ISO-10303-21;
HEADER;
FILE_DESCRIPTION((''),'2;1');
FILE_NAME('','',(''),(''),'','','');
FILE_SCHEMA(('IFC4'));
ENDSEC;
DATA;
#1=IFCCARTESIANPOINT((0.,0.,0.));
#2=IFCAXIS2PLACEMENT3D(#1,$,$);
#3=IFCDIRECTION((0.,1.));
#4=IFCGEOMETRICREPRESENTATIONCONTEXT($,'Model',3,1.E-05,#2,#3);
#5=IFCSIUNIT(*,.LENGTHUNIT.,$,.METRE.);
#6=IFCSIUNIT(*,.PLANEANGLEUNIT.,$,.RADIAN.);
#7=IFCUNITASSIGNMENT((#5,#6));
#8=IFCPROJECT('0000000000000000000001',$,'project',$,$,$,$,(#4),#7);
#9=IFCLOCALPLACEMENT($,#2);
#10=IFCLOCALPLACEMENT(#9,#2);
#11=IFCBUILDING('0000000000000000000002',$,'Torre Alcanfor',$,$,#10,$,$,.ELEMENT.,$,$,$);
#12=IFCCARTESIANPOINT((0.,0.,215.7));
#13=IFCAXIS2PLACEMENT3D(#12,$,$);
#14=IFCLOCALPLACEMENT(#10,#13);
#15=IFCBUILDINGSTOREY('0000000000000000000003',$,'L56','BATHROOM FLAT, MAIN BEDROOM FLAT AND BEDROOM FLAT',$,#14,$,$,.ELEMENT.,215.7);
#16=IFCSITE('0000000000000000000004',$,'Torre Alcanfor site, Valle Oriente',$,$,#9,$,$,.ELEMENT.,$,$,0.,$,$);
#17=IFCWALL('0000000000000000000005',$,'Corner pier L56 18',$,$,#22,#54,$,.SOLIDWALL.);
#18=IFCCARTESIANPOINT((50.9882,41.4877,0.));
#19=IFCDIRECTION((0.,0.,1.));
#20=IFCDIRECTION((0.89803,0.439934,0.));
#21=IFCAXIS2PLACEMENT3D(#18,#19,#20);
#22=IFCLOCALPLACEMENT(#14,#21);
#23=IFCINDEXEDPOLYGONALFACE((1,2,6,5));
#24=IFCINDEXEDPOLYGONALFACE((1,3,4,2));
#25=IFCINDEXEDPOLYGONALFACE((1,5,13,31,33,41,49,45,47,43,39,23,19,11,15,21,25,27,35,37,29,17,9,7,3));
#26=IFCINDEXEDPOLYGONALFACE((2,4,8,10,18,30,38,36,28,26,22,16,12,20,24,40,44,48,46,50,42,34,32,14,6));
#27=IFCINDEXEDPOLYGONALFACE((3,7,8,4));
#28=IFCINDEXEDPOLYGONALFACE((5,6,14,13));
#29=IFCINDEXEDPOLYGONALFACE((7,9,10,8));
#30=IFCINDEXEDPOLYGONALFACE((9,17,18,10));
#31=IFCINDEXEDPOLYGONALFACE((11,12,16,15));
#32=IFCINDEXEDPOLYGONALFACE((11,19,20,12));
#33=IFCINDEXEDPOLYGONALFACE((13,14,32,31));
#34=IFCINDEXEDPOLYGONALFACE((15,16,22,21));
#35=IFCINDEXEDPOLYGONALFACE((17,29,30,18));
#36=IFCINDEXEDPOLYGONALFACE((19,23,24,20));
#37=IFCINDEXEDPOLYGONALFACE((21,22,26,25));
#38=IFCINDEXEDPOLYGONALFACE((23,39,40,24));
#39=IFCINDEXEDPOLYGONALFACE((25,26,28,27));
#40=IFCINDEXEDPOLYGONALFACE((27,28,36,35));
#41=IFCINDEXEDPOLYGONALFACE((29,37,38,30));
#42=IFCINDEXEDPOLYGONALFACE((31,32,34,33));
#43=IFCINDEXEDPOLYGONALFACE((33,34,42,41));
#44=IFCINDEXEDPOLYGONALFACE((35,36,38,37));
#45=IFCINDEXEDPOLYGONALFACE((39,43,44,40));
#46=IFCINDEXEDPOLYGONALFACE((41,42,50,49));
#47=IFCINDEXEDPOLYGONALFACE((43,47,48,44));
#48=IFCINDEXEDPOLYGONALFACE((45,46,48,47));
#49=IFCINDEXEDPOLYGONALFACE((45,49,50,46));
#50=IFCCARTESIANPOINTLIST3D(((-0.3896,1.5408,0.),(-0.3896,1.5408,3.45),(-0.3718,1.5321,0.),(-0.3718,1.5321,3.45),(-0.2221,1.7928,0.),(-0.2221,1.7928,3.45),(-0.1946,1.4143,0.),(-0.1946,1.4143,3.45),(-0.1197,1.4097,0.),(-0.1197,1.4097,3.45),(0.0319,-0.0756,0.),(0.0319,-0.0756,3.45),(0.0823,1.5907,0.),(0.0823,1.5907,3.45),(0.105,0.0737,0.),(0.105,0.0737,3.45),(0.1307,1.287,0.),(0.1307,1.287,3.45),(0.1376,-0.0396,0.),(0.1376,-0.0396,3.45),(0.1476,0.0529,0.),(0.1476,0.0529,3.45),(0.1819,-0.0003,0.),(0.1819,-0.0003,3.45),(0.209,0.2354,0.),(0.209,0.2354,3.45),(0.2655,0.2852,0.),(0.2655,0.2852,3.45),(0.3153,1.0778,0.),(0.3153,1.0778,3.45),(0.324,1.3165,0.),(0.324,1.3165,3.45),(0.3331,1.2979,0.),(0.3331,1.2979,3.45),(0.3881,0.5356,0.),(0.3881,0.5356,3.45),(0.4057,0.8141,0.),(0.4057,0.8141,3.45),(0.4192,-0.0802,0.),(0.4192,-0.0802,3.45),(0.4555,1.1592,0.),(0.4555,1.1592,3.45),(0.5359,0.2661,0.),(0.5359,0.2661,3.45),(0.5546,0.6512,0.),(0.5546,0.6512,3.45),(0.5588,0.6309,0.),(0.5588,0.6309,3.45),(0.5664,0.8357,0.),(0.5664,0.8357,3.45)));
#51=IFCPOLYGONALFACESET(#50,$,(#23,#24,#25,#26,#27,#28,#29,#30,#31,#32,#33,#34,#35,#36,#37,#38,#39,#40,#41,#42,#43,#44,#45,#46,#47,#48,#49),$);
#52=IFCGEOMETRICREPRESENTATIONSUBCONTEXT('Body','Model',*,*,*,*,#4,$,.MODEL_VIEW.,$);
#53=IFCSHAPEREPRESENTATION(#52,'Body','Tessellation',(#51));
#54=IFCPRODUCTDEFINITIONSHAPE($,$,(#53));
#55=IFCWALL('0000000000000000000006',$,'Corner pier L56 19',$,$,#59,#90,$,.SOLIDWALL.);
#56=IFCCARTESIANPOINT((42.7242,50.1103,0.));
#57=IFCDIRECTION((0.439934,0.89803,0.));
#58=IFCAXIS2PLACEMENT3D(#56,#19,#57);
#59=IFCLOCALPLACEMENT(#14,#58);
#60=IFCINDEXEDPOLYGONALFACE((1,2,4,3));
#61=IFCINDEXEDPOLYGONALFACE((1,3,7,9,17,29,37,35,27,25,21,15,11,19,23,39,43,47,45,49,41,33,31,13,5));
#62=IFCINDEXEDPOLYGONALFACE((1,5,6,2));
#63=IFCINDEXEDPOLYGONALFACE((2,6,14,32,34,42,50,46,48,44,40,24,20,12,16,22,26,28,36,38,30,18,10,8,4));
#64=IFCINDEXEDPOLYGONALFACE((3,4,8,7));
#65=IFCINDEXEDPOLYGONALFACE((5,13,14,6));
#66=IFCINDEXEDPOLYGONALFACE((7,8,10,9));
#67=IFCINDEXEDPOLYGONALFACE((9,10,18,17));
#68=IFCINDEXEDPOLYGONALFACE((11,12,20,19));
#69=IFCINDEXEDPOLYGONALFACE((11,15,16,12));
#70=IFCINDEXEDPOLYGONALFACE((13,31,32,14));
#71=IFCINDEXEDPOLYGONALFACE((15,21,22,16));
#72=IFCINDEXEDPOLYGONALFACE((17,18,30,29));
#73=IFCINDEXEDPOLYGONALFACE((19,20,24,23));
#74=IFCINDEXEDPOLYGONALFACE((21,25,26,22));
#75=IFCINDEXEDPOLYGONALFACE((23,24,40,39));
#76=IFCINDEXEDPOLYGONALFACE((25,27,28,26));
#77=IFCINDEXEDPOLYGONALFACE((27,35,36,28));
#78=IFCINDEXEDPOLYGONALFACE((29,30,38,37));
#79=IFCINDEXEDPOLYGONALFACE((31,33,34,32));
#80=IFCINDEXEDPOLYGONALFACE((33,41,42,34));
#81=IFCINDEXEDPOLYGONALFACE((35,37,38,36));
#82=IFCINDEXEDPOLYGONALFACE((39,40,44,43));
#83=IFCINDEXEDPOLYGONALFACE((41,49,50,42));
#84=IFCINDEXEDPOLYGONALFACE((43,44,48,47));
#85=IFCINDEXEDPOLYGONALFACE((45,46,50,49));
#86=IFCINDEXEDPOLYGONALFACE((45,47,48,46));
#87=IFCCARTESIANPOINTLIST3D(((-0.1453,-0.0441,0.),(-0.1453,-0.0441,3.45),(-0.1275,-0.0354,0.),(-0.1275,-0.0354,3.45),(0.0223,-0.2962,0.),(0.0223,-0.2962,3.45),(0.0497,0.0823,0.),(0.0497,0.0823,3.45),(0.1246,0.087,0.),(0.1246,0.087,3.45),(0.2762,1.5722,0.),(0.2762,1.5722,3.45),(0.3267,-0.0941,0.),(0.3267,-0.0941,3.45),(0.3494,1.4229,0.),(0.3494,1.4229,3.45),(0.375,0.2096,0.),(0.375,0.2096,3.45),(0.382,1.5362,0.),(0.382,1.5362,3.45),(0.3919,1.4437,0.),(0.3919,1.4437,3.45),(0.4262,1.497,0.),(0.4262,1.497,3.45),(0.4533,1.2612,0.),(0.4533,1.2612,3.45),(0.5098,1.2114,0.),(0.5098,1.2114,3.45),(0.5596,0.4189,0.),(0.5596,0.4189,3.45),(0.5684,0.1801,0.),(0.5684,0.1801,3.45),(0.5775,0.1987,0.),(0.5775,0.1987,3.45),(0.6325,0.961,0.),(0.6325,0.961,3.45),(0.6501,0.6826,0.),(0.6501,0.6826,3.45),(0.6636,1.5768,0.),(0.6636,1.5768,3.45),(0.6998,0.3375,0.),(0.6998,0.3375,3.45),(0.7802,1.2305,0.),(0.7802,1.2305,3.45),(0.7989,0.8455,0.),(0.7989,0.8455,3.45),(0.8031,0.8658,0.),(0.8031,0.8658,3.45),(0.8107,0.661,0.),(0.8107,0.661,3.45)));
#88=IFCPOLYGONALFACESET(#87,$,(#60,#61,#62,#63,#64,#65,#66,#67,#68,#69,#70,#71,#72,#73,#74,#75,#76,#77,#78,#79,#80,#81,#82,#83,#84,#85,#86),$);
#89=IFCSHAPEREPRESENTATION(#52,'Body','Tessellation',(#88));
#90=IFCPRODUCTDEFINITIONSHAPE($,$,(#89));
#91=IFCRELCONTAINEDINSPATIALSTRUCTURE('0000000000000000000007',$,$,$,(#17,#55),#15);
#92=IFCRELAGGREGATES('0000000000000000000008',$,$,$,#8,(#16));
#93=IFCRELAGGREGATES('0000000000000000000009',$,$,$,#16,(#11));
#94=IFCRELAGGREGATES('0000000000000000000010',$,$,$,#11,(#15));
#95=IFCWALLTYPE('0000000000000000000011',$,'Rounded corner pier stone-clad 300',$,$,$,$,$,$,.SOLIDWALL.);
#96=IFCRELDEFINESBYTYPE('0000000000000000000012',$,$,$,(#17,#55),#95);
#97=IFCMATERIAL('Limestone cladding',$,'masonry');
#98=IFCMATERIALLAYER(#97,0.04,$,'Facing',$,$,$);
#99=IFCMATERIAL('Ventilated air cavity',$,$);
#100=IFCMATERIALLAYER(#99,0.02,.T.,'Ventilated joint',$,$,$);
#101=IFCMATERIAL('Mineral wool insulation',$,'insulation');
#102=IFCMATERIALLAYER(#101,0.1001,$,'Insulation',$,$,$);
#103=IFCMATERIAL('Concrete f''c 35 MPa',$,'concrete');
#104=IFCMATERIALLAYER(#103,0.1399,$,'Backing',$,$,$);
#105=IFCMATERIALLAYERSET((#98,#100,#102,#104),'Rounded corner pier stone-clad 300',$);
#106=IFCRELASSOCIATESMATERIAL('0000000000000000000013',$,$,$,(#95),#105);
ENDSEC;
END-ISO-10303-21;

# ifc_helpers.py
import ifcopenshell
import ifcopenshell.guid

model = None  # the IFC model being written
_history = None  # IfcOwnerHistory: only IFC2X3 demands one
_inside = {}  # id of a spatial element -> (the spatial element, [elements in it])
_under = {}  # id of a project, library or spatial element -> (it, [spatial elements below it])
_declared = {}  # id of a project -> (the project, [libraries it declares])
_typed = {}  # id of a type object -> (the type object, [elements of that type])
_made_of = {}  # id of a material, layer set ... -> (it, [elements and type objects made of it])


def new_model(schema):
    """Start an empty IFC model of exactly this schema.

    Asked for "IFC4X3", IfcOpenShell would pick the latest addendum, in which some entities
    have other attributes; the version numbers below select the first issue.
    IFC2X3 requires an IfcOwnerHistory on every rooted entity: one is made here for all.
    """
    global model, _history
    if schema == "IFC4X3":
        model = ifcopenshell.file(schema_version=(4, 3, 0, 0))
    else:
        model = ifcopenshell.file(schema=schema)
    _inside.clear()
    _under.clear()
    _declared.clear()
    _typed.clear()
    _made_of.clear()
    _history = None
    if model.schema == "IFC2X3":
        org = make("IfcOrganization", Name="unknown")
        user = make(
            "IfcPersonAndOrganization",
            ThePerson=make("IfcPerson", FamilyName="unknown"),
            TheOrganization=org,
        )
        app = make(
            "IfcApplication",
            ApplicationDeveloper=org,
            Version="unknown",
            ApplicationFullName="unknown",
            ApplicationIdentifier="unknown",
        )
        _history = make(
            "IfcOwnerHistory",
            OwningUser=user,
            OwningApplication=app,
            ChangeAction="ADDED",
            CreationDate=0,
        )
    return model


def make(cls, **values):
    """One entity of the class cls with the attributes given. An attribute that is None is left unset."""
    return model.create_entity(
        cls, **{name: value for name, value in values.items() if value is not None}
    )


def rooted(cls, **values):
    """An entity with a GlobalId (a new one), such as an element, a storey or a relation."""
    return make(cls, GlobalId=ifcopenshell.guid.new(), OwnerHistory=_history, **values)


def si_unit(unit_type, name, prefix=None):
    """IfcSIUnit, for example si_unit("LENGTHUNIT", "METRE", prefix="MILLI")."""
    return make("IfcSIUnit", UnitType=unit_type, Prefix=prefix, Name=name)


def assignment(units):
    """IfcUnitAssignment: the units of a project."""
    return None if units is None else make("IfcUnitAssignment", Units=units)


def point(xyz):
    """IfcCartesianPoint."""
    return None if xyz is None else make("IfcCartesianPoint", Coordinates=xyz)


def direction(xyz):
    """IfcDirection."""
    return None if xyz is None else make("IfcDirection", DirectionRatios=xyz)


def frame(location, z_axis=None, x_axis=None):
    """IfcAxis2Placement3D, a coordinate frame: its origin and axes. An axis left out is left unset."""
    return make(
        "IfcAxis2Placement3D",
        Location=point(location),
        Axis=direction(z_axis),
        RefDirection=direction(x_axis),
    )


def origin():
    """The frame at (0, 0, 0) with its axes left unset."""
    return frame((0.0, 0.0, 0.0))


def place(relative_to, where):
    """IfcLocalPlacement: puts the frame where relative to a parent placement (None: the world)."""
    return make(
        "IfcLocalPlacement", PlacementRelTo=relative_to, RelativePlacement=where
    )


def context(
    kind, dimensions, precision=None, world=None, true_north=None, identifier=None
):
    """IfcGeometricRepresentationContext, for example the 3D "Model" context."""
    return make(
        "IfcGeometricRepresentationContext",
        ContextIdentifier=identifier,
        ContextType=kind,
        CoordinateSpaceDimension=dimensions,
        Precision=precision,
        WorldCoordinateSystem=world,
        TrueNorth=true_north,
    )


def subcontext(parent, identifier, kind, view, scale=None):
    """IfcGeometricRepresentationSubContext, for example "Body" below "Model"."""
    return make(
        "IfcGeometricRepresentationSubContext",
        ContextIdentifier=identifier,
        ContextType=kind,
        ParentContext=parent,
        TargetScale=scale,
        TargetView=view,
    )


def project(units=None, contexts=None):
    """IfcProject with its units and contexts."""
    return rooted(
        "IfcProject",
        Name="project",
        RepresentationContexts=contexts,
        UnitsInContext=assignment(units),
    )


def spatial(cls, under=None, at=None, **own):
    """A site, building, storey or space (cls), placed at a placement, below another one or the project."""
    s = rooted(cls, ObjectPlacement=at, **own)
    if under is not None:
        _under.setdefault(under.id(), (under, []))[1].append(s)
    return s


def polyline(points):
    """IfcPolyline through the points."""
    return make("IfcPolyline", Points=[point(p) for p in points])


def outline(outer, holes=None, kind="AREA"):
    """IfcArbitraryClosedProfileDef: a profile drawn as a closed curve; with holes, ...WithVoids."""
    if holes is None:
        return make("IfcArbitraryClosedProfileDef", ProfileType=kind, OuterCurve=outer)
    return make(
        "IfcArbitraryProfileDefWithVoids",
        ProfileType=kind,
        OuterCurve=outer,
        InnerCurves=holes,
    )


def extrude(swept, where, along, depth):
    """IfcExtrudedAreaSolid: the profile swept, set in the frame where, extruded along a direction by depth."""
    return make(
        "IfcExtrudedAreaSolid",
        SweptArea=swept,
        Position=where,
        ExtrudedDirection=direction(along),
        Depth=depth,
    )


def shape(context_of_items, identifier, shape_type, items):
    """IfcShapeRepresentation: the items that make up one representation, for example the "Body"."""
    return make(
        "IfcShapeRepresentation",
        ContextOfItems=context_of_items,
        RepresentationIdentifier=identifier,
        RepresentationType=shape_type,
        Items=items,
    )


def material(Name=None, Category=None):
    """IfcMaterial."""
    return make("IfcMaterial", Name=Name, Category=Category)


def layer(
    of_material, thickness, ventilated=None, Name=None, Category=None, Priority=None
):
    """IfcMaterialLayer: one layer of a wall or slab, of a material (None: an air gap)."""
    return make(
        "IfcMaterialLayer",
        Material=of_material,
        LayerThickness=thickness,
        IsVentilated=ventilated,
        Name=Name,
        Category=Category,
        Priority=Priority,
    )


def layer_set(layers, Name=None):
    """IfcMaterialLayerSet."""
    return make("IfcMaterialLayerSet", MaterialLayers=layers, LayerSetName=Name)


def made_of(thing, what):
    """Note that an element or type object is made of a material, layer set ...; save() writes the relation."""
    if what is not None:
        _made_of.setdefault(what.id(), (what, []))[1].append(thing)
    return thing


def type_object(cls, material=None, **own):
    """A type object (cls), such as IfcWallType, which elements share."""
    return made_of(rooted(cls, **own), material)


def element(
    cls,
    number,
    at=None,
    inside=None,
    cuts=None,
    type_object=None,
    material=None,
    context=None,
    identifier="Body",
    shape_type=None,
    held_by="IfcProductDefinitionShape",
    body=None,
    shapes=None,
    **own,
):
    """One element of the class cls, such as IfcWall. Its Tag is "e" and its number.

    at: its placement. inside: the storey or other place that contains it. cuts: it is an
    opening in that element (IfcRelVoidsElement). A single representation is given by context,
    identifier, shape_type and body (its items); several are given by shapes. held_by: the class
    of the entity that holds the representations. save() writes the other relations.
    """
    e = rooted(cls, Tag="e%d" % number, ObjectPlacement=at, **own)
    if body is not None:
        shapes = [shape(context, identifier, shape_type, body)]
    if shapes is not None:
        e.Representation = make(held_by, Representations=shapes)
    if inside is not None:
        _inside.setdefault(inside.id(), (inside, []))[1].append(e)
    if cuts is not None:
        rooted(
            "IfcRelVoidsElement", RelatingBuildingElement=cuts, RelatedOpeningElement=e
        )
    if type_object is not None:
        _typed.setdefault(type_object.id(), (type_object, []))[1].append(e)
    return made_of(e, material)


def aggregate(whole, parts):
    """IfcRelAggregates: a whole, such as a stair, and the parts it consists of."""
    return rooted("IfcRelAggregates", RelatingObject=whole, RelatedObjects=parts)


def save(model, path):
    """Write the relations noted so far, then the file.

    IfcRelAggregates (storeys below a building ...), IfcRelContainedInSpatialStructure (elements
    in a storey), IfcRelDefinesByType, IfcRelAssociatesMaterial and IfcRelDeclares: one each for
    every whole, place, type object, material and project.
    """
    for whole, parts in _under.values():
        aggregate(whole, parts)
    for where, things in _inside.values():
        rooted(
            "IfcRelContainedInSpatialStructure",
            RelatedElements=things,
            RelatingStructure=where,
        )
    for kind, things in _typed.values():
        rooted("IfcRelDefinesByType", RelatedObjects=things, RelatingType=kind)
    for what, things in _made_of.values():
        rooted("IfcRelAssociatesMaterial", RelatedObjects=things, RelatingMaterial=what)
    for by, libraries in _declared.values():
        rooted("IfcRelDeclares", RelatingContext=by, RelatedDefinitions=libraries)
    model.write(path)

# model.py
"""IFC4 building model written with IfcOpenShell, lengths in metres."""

from ifc_helpers import new_model, si_unit, direction, frame, origin, place, context, subcontext, project, spatial, polyline, outline, extrude, material, layer, layer_set, type_object, element, save


model = new_model("IFC4")

# Units and contexts
model_context = context("Model", 3, precision=1e-05, world=origin(), true_north=direction((0.0, 1.0)))
body_context = subcontext(model_context, "Body", "Model", "MODEL_VIEW")
ifc_project = project(units=[si_unit("LENGTHUNIT", "METRE"), si_unit("PLANEANGLEUNIT", "RADIAN")], contexts=[model_context])

# Site, building, storey
site_placement = place(None, origin())
site = spatial("IfcSite", under=ifc_project, at=site_placement, Name="Torre Alcanfor site, Valle Oriente", CompositionType="ELEMENT", RefElevation=0.0)
building_placement = place(site_placement, origin())
building = spatial("IfcBuilding", under=site, at=building_placement, Name="Torre Alcanfor", CompositionType="ELEMENT")
storey_placement = place(building_placement, frame((0.0, 0.0, 215.7)))
storey = spatial("IfcBuildingStorey", under=building, at=storey_placement, Name="L56", Description="BATHROOM FLAT, MAIN BEDROOM FLAT AND BEDROOM FLAT", CompositionType="ELEMENT", Elevation=215.7)

# Shared definitions
ifc_material_1 = material(Name="Limestone cladding", Category="masonry")
ifc_material_2 = material(Name="Ventilated air cavity")
ifc_material_3 = material(Name="Mineral wool insulation", Category="insulation")
ifc_material_4 = material(Name="Concrete f'c 35 MPa", Category="concrete")

# Walls
ifc_layer_1 = layer(ifc_material_1, 0.04, Name="Facing")
ifc_layer_2 = layer(ifc_material_2, 0.02, ventilated=True, Name="Ventilated joint")
ifc_layer_3 = layer(ifc_material_3, 0.1001, Name="Insulation")
ifc_layer_4 = layer(ifc_material_4, 0.1399, Name="Backing")
ifc_layer_set_1 = layer_set([ifc_layer_1, ifc_layer_2, ifc_layer_3, ifc_layer_4], Name="Rounded corner pier stone-clad 300")
wall_type_1 = type_object("IfcWallType", Name="Rounded corner pier stone-clad 300", PredefinedType="SOLIDWALL", material=ifc_layer_set_1)
wall_1_placement = place(storey_placement, frame((50.9882, 41.4877, 0.0), z_axis=(0.0, 0.0, 1.0), x_axis=(0.89803, 0.439934, 0.0)))
element("IfcWall", 1, at=wall_1_placement, inside=storey, type_object=wall_type_1, Name="Corner pier L56 18", PredefinedType="SOLIDWALL", context=body_context, shape_type="SweptSolid", body=[
    extrude(outline(polyline([(0.1376, -0.0396), (0.1819, -0.0003), (0.4192, -0.0802), (0.5359, 0.2661), (0.5588, 0.6309), (0.5546, 0.6512), (0.5664, 0.8357), (0.4555, 1.1592), (0.3331, 1.2979), (0.324, 1.3165), (0.0823, 1.5907), (-0.2221, 1.7928), (-0.3896, 1.5408), (-0.3718, 1.5321), (-0.1946, 1.4143), (-0.1197, 1.4097), (0.1307, 1.287), (0.3153, 1.0778), (0.4057, 0.8141), (0.3881, 0.5356), (0.2655, 0.2852), (0.209, 0.2354), (0.1476, 0.0529), (0.105, 0.0737), (0.0319, -0.0756), (0.1376, -0.0396)])), origin(), (0.0, 0.0, 1.0), 3.45),
])
wall_2_placement = place(storey_placement, frame((42.7242, 50.1103, 0.0), z_axis=(0.0, 0.0, 1.0), x_axis=(0.439934, 0.89803, 0.0)))
element("IfcWall", 2, at=wall_2_placement, inside=storey, type_object=wall_type_1, Name="Corner pier L56 19", PredefinedType="SOLIDWALL", context=body_context, shape_type="SweptSolid", body=[
    extrude(outline(polyline([(-0.1453, -0.0441), (0.0223, -0.2962), (0.3267, -0.0941), (0.5684, 0.1801), (0.5775, 0.1987), (0.6998, 0.3375), (0.8107, 0.661), (0.7989, 0.8455), (0.8031, 0.8658), (0.7802, 1.2305), (0.6636, 1.5768), (0.4262, 1.497), (0.382, 1.5362), (0.2762, 1.5722), (0.3494, 1.4229), (0.3919, 1.4437), (0.4533, 1.2612), (0.5098, 1.2114), (0.6325, 0.961), (0.6501, 0.6826), (0.5596, 0.4189), (0.375, 0.2096), (0.1246, 0.087), (0.0497, 0.0823), (-0.1275, -0.0354), (-0.1453, -0.0441)])), origin(), (0.0, 0.0, 1.0), 3.45),
])

save(model, "model.ifc")
